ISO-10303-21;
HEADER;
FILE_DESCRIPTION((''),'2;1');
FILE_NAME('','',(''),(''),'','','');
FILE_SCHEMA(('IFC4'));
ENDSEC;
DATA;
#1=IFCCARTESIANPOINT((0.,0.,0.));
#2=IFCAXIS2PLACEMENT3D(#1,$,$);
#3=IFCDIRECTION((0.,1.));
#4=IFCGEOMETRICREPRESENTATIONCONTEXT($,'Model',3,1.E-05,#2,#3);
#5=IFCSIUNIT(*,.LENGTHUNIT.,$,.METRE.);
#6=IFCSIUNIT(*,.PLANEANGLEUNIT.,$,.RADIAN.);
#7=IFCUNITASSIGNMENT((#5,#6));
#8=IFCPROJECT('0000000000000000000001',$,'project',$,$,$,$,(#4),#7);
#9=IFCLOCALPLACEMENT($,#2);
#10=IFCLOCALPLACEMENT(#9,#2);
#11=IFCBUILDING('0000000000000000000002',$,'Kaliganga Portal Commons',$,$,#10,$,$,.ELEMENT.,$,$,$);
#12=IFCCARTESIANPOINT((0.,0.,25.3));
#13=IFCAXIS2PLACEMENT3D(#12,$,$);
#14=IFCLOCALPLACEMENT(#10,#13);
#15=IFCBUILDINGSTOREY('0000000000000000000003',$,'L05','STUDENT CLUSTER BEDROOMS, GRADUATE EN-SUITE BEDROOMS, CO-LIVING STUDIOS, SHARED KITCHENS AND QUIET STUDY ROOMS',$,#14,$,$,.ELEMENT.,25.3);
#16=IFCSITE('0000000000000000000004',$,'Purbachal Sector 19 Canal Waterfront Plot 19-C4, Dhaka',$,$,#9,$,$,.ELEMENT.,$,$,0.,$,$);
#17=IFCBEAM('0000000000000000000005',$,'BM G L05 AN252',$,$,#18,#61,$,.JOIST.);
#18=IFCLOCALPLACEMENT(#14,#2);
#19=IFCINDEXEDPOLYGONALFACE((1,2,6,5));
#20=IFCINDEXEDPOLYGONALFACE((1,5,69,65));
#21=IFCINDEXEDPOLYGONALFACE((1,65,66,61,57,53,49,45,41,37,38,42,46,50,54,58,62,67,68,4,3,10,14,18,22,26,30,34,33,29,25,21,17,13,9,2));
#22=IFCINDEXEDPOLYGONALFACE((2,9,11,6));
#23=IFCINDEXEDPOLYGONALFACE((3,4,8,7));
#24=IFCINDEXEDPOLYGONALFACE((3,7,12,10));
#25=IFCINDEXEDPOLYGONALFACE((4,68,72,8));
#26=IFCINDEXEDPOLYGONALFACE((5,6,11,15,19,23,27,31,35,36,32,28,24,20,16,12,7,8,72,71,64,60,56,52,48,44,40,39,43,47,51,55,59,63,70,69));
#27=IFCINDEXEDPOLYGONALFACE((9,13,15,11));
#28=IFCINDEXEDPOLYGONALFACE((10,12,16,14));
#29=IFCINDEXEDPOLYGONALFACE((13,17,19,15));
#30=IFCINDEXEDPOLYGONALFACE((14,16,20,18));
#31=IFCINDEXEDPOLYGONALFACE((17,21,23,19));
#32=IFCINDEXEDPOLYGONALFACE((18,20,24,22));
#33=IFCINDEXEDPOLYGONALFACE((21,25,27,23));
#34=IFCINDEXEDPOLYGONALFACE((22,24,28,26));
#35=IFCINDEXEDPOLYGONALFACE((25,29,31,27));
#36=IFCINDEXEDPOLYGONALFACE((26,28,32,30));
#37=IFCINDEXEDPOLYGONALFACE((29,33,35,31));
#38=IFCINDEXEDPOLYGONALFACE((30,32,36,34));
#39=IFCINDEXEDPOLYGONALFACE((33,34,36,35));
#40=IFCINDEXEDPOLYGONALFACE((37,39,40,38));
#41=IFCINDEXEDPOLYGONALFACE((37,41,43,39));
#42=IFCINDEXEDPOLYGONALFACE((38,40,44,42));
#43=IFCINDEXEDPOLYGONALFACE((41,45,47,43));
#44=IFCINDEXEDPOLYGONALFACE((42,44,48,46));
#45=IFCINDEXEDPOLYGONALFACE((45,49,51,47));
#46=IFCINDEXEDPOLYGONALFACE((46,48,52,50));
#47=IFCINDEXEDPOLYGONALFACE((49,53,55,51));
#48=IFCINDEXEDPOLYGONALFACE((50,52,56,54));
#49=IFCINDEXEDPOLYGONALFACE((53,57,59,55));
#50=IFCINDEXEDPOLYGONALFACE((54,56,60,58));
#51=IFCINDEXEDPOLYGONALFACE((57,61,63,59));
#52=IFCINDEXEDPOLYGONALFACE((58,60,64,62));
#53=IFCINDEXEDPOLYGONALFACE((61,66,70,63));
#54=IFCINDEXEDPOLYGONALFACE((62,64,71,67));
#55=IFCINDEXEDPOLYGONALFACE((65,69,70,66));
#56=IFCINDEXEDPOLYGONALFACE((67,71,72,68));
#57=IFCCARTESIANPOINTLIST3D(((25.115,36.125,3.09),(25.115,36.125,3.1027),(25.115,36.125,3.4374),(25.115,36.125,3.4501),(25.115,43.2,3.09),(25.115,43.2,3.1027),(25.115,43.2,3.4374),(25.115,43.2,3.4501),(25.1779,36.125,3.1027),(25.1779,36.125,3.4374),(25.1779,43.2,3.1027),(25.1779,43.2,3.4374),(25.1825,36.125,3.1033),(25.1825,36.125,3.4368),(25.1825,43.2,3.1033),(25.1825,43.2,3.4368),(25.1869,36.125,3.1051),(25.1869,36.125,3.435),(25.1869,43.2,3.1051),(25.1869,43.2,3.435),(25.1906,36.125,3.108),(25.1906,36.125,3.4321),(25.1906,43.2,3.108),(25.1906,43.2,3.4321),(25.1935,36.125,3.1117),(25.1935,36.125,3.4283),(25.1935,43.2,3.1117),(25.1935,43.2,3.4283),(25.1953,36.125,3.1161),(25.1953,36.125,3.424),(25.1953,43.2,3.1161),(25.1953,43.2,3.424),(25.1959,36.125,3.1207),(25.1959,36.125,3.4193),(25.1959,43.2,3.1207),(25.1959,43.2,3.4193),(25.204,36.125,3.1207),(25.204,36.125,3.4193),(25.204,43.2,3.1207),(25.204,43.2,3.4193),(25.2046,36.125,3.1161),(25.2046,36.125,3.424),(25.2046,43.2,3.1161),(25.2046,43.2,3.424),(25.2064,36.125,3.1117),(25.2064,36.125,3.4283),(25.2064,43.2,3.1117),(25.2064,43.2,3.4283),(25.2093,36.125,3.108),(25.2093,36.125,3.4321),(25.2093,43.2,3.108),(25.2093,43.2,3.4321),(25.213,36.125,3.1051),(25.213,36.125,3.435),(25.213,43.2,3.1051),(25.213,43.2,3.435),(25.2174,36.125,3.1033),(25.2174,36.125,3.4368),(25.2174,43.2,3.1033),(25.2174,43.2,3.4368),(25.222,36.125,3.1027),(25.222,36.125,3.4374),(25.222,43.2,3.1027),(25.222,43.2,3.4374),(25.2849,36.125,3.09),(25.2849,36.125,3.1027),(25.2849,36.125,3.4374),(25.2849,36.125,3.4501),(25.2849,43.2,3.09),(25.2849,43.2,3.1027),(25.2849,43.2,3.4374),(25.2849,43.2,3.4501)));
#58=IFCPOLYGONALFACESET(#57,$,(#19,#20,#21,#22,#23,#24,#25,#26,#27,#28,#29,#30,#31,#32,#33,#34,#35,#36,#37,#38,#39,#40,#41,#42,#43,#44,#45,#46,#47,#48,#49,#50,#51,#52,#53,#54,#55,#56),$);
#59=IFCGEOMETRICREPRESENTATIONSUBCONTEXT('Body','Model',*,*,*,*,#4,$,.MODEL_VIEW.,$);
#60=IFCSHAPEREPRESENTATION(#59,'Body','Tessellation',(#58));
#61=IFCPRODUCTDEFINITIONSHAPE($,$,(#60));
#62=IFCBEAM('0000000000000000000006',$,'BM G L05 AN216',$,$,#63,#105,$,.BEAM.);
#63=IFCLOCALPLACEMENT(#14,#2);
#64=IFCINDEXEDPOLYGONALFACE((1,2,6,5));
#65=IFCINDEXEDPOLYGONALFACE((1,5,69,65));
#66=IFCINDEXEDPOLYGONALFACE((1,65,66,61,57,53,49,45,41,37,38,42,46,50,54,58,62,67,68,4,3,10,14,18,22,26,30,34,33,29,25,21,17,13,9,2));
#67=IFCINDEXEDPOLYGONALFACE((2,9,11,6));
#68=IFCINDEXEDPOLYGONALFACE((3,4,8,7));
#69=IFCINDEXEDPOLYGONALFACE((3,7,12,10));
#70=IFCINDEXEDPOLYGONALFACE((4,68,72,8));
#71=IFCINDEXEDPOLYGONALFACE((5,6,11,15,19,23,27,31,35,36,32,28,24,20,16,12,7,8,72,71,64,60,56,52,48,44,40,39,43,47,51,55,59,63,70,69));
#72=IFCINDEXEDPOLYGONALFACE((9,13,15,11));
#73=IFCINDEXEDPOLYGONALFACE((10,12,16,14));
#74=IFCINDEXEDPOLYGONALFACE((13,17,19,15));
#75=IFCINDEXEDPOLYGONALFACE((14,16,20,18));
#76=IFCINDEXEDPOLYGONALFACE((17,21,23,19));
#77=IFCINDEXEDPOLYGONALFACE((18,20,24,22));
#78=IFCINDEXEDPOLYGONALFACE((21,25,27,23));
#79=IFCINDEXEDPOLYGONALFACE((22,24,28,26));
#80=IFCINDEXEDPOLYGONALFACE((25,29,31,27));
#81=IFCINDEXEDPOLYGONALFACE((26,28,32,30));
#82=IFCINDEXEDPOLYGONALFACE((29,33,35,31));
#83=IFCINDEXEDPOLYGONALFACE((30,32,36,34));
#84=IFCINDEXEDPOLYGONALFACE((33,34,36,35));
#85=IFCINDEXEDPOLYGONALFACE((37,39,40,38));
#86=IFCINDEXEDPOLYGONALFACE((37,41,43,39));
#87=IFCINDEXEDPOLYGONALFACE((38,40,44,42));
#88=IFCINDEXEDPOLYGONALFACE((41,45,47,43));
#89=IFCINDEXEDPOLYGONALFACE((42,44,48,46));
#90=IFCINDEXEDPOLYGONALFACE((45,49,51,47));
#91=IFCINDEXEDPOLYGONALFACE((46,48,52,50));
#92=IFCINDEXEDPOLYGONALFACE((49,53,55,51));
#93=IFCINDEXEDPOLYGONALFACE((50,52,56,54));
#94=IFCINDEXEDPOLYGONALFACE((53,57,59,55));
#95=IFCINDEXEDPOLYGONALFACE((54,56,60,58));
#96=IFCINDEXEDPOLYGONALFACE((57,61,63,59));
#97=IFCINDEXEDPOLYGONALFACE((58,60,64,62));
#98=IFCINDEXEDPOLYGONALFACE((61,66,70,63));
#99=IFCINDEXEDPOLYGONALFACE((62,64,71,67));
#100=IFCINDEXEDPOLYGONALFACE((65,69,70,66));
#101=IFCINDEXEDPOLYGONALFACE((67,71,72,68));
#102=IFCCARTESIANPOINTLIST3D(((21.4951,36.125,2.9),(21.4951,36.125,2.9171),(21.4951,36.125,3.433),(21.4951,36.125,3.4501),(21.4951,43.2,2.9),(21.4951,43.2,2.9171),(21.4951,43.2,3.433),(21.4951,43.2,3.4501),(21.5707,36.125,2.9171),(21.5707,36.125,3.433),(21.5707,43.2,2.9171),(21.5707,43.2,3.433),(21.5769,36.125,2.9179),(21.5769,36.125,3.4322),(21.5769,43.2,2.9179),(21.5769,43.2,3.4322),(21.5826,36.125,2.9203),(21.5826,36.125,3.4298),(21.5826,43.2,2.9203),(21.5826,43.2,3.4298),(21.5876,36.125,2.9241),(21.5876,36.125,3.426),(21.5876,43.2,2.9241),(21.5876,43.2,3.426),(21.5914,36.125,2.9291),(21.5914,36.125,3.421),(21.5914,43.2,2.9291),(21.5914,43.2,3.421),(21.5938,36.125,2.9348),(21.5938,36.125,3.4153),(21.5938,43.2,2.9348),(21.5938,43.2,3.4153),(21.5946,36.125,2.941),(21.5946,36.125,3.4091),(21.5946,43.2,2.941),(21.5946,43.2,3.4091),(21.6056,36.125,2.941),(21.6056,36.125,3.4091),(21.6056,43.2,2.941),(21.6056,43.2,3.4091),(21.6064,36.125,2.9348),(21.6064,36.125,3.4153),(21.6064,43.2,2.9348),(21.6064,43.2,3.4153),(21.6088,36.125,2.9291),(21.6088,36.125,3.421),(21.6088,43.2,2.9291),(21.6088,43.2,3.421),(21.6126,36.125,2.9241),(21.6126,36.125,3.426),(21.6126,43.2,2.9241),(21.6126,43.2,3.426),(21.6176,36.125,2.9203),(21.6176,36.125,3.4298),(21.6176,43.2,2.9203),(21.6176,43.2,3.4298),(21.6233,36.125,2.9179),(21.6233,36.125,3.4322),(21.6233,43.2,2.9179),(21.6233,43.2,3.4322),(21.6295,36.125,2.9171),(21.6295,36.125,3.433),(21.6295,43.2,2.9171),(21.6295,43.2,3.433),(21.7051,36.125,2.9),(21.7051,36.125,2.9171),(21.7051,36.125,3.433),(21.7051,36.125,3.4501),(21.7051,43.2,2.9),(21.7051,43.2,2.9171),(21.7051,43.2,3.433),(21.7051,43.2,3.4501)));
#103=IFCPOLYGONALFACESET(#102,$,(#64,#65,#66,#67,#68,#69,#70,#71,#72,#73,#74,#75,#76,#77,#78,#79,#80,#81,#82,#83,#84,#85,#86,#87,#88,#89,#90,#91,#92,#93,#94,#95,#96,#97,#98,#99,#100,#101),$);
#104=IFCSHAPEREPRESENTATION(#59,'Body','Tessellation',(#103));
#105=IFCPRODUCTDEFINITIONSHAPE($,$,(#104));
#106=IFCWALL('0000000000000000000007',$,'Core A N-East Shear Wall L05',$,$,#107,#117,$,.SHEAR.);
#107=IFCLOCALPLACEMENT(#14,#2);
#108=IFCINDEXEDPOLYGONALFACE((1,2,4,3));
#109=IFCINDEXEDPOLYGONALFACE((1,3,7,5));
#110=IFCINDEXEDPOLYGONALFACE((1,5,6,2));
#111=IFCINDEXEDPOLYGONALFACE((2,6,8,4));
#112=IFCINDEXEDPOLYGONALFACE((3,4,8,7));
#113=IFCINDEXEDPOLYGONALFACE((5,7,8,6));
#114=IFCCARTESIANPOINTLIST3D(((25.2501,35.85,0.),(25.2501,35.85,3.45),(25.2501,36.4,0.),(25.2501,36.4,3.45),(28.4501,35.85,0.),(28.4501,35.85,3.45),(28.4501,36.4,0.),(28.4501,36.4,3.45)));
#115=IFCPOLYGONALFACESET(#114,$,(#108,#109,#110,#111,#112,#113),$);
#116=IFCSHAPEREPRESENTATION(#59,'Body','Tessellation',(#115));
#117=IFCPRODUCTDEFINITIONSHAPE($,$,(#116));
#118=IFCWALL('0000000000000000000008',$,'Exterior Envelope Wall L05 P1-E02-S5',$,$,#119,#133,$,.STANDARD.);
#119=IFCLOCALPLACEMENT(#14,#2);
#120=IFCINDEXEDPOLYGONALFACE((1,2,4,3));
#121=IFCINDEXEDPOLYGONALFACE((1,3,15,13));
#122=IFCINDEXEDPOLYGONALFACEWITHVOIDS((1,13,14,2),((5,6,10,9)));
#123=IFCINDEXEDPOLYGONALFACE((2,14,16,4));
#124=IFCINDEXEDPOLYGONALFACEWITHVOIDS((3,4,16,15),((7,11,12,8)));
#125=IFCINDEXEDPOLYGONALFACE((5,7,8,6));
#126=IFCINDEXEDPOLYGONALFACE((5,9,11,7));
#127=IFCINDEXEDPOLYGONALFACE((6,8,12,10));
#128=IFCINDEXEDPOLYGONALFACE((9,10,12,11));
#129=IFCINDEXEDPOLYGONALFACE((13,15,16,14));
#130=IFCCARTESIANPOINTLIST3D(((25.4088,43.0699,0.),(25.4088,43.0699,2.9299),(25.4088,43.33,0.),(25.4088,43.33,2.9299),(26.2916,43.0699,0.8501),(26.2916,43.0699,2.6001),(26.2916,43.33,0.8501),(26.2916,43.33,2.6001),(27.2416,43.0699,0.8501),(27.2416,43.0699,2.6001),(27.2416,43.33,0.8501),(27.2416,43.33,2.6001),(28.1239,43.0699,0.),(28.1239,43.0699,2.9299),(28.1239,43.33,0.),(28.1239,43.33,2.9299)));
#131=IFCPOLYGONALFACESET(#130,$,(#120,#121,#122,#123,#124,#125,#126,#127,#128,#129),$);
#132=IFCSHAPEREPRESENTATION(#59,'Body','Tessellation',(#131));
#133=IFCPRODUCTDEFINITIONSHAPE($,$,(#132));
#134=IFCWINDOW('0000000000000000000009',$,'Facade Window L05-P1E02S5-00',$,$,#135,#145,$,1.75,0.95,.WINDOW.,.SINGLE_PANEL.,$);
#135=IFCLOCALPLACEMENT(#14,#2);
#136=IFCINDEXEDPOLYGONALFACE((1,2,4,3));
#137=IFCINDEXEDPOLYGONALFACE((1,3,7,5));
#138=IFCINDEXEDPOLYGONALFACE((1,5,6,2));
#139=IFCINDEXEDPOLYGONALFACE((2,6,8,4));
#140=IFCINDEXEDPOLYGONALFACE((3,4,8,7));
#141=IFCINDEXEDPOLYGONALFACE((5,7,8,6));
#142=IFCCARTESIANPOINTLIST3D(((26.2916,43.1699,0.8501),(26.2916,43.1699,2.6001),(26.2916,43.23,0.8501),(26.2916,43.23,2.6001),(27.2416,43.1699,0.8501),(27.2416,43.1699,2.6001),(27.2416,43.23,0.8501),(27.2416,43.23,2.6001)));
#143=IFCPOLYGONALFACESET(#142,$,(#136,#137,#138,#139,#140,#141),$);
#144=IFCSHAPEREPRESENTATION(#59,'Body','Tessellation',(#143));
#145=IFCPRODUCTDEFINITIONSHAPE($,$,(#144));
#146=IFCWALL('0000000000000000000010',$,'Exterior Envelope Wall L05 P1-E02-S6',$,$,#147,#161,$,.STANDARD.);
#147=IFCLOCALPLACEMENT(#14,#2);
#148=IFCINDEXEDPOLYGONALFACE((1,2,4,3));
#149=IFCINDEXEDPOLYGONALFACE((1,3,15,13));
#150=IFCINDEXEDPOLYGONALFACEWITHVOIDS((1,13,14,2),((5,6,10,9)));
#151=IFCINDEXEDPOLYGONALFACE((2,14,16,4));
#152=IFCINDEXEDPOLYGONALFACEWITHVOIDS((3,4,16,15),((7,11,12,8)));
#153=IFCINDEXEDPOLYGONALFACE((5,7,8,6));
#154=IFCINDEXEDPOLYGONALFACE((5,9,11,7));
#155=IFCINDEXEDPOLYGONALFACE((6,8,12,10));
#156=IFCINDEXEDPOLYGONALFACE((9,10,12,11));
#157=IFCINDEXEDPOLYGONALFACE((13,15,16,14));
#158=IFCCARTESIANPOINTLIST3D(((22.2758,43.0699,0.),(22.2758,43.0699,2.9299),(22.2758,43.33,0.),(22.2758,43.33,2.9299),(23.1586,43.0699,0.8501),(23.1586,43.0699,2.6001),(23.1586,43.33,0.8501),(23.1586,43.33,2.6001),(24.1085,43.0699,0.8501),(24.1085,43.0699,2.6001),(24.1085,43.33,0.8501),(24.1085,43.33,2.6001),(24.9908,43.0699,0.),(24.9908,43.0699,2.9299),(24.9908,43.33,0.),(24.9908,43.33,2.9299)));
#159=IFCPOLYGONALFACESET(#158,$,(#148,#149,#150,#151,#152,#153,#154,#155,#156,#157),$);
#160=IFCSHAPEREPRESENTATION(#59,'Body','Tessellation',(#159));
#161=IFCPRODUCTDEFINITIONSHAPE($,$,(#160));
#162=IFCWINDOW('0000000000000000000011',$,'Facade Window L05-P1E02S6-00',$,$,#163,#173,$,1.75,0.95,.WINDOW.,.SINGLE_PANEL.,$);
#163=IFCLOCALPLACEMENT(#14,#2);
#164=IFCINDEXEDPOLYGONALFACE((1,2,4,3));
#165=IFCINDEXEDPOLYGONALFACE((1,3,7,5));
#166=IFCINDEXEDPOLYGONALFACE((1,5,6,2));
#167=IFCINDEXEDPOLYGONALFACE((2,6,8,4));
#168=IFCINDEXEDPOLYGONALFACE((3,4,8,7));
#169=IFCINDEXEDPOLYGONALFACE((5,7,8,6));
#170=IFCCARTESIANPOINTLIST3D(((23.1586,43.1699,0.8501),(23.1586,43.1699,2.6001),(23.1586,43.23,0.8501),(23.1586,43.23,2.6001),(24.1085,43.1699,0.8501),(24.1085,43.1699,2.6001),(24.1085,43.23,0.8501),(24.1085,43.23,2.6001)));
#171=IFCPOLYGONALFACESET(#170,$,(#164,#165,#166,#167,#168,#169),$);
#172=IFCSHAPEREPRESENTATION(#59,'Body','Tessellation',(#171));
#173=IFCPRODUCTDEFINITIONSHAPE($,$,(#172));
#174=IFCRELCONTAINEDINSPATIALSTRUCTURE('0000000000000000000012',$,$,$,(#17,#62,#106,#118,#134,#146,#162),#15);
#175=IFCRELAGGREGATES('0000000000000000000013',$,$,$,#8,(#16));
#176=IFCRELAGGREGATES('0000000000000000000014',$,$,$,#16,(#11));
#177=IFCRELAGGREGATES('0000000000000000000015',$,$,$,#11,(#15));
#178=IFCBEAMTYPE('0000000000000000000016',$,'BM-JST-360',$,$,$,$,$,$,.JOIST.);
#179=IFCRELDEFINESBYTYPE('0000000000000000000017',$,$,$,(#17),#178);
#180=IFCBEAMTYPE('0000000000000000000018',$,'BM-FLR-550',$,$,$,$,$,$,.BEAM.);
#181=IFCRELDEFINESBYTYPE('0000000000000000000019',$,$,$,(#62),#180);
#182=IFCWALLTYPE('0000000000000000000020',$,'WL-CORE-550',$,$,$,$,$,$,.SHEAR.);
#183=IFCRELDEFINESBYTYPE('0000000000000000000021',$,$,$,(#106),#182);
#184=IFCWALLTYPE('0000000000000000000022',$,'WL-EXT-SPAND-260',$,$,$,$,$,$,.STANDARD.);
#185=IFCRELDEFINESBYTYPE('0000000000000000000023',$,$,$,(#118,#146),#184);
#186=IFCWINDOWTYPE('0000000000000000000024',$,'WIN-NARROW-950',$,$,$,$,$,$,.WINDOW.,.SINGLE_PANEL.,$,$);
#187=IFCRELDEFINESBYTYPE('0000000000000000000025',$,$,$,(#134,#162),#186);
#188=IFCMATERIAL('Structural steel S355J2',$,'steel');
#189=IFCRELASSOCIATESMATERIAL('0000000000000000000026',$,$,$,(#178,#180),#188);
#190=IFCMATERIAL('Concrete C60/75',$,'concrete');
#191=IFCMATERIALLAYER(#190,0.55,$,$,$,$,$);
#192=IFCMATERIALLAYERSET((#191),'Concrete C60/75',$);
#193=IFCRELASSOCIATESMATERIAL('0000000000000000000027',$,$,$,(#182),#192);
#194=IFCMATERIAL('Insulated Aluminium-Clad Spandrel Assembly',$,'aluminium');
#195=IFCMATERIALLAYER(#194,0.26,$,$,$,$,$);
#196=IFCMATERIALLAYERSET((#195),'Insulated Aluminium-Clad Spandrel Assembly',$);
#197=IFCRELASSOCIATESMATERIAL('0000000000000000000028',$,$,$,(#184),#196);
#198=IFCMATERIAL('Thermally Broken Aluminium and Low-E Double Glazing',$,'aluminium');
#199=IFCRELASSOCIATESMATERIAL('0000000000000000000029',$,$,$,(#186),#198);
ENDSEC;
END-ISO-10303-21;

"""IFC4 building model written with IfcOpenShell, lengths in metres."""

from ifc_helpers import new_model, si_unit, direction, frame, frame_2d, origin, origin_2d, place, context, subcontext, project, spatial, rectangle, i_section, extrude, source, transform, mapped, material, layer, layer_set, material_profile, profile_set, type_object, element, fill, save


model = new_model("IFC4")

# Units and contexts
model_context = context("Model", 3, precision=1e-05, world=origin(), true_north=direction((0.0, 1.0)))
body_context = subcontext(model_context, "Body", "Model", "MODEL_VIEW")
ifc_project = project(units=[si_unit("LENGTHUNIT", "METRE"), si_unit("PLANEANGLEUNIT", "RADIAN")], contexts=[model_context])

# Site, building, storey
site_placement = place(None, origin())
site = spatial("IfcSite", under=ifc_project, at=site_placement, Name="Purbachal Sector 19 Canal Waterfront Plot 19-C4, Dhaka", CompositionType="ELEMENT", RefElevation=0.0)
building_placement = place(site_placement, origin())
building = spatial("IfcBuilding", under=site, at=building_placement, Name="Kaliganga Portal Commons", CompositionType="ELEMENT")
storey_placement = place(building_placement, frame((0.0, 0.0, 25.3)))
storey = spatial("IfcBuildingStorey", under=building, at=storey_placement, Name="L05", Description="STUDENT CLUSTER BEDROOMS, GRADUATE EN-SUITE BEDROOMS, CO-LIVING STUDIOS, SHARED KITCHENS AND QUIET STUDY ROOMS", CompositionType="ELEMENT", Elevation=25.3)

# Beams
ifc_material_1 = material(Name="Structural steel S355J2", Category="steel")
ifc_material_profile_1 = material_profile(ifc_material_1, i_section(OverallWidth=0.1699, OverallDepth=0.3601, WebThickness=0.0081, FlangeThickness=0.0127, FilletRadius=0.0181, at=origin_2d()), Name="IPE 360")
ifc_profile_set_1 = profile_set([ifc_material_profile_1], Name="Structural steel S355J2 wide-flange")
beam_type_1 = type_object("IfcBeamType", Name="BM-JST-360", PredefinedType="JOIST", material=ifc_profile_set_1)
shared_shape_1 = source(origin(), body_context, "Body", "SweptSolid", [
    extrude(i_section(OverallWidth=0.1699, OverallDepth=0.3601, WebThickness=0.0081, FlangeThickness=0.0127, FilletRadius=0.0181, at=origin_2d()), origin(), (0.0, 0.0, 1.0), 7.075),
])
beam_1_placement = place(storey_placement, frame((25.2, 36.125, 3.27), z_axis=(0.0, 1.0, 0.0), x_axis=(-1.0, 0.0, 0.0)))
element("IfcBeam", 1, at=beam_1_placement, inside=storey, type_object=beam_type_1, Name="BM G L05 AN252", PredefinedType="JOIST", context=body_context, shape_type="MappedRepresentation", body=[
    mapped(shared_shape_1, transform((0.0, 0.0, 0.0), x_axis=(1.0, 0.0, 0.0), y_axis=(0.0, 1.0, 0.0), z_axis=(0.0, 0.0, 1.0), scale=1.0)),
])
ifc_material_profile_2 = material_profile(ifc_material_1, i_section(OverallWidth=0.21, OverallDepth=0.55, WebThickness=0.011, FlangeThickness=0.0171, FilletRadius=0.0239, at=origin_2d()), Name="IPE 550")
ifc_profile_set_2 = profile_set([ifc_material_profile_2], Name="Structural steel S355J2 wide-flange")
beam_type_2 = type_object("IfcBeamType", Name="BM-FLR-550", PredefinedType="BEAM", material=ifc_profile_set_2)
shared_shape_2 = source(origin(), body_context, "Body", "SweptSolid", [
    extrude(i_section(OverallWidth=0.21, OverallDepth=0.55, WebThickness=0.011, FlangeThickness=0.0171, FilletRadius=0.0239, at=origin_2d()), origin(), (0.0, 0.0, 1.0), 7.075),
])
beam_2_placement = place(storey_placement, frame((21.6001, 36.125, 3.175), z_axis=(0.0, 1.0, 0.0), x_axis=(-1.0, 0.0, 0.0)))
element("IfcBeam", 2, at=beam_2_placement, inside=storey, type_object=beam_type_2, Name="BM G L05 AN216", PredefinedType="BEAM", context=body_context, shape_type="MappedRepresentation", body=[
    mapped(shared_shape_2, transform((0.0, 0.0, 0.0), x_axis=(1.0, 0.0, 0.0), y_axis=(0.0, 1.0, 0.0), z_axis=(0.0, 0.0, 1.0), scale=1.0)),
])

# Wall
ifc_material_2 = material(Name="Concrete C60/75", Category="concrete")
ifc_layer_1 = layer(ifc_material_2, 0.55)
ifc_layer_set_1 = layer_set([ifc_layer_1], Name="Concrete C60/75")
wall_type_1 = type_object("IfcWallType", Name="WL-CORE-550", PredefinedType="SHEAR", material=ifc_layer_set_1)
wall_1_placement = place(storey_placement, frame((25.25, 36.125, 0.0), z_axis=(0.0, 0.0, 1.0), x_axis=(1.0, 0.0, 0.0)))
element("IfcWall", 3, at=wall_1_placement, inside=storey, type_object=wall_type_1, Name="Core A N-East Shear Wall L05", PredefinedType="SHEAR", context=body_context, shape_type="SweptSolid", body=[
    extrude(rectangle(XDim=3.2, YDim=0.55, at=frame_2d((1.6001, 0.0))), origin(), (0.0, 0.0, 1.0), 3.45),
])

# Walls, openings, windows
ifc_material_3 = material(Name="Insulated Aluminium-Clad Spandrel Assembly", Category="aluminium")
ifc_layer_2 = layer(ifc_material_3, 0.26)
ifc_layer_set_2 = layer_set([ifc_layer_2], Name="Insulated Aluminium-Clad Spandrel Assembly")
wall_type_2 = type_object("IfcWallType", Name="WL-EXT-SPAND-260", PredefinedType="STANDARD", material=ifc_layer_set_2)
wall_2_placement = place(storey_placement, frame((25.4089, 43.2, 0.0), z_axis=(0.0, 0.0, 1.0), x_axis=(1.0, 0.0, 0.0)))
wall_2 = element("IfcWall", 4, at=wall_2_placement, inside=storey, type_object=wall_type_2, Name="Exterior Envelope Wall L05 P1-E02-S5", PredefinedType="STANDARD", context=body_context, shape_type="SweptSolid", body=[
    extrude(rectangle(XDim=2.7151, YDim=0.26, at=frame_2d((1.3574, 0.0))), origin(), (0.0, 0.0, 1.0), 2.9299),
])
opening_1_placement = place(wall_2_placement, frame((0.8826, 0.0, 0.8501)))
opening_1 = element("IfcOpeningElement", 5, at=opening_1_placement, cuts=wall_2, PredefinedType="OPENING", context=body_context, shape_type="SweptSolid", body=[
    extrude(rectangle(XDim=0.95, YDim=1.75, at=frame_2d((0.4751, 0.875))), frame((0.0, 0.1401, 0.0), z_axis=(0.0, -1.0, 0.0), x_axis=(1.0, 0.0, 0.0)), (0.0, 0.0, 1.0), 0.28),
])
ifc_material_4 = material(Name="Thermally Broken Aluminium and Low-E Double Glazing", Category="aluminium")
window_type = type_object("IfcWindowType", Name="WIN-NARROW-950", PartitioningType="SINGLE_PANEL", PredefinedType="WINDOW", material=ifc_material_4)
window_1_placement = place(opening_1_placement, origin())
window_1 = element("IfcWindow", 6, at=window_1_placement, inside=storey, type_object=window_type, Name="Facade Window L05-P1E02S5-00", OverallHeight=1.75, OverallWidth=0.95, PartitioningType="SINGLE_PANEL", PredefinedType="WINDOW", context=body_context, shape_type="SweptSolid", body=[
    extrude(rectangle(XDim=0.95, YDim=1.75, at=frame_2d((0.4751, 0.875))), frame((0.0, 0.03, 0.0), z_axis=(0.0, -1.0, 0.0), x_axis=(1.0, 0.0, 0.0)), (0.0, 0.0, 1.0), 0.0601),
])
fill(opening_1, window_1)
wall_3_placement = place(storey_placement, frame((22.2759, 43.2, 0.0), z_axis=(0.0, 0.0, 1.0), x_axis=(1.0, 0.0, 0.0)))
wall_3 = element("IfcWall", 7, at=wall_3_placement, inside=storey, type_object=wall_type_2, Name="Exterior Envelope Wall L05 P1-E02-S6", PredefinedType="STANDARD", context=body_context, shape_type="SweptSolid", body=[
    extrude(rectangle(XDim=2.7151, YDim=0.26, at=frame_2d((1.3574, 0.0))), origin(), (0.0, 0.0, 1.0), 2.9299),
])
opening_2_placement = place(wall_3_placement, frame((0.8826, 0.0, 0.8501)))
opening_2 = element("IfcOpeningElement", 8, at=opening_2_placement, cuts=wall_3, PredefinedType="OPENING", context=body_context, shape_type="SweptSolid", body=[
    extrude(rectangle(XDim=0.95, YDim=1.75, at=frame_2d((0.4751, 0.875))), frame((0.0, 0.1401, 0.0), z_axis=(0.0, -1.0, 0.0), x_axis=(1.0, 0.0, 0.0)), (0.0, 0.0, 1.0), 0.28),
])
window_2_placement = place(opening_2_placement, origin())
window_2 = element("IfcWindow", 9, at=window_2_placement, inside=storey, type_object=window_type, Name="Facade Window L05-P1E02S6-00", OverallHeight=1.75, OverallWidth=0.95, PartitioningType="SINGLE_PANEL", PredefinedType="WINDOW", context=body_context, shape_type="SweptSolid", body=[
    extrude(rectangle(XDim=0.95, YDim=1.75, at=frame_2d((0.4751, 0.875))), frame((0.0, 0.03, 0.0), z_axis=(0.0, -1.0, 0.0), x_axis=(1.0, 0.0, 0.0)), (0.0, 0.0, 1.0), 0.0601),
])
fill(opening_2, window_2)

save(model, "model.ifc")
